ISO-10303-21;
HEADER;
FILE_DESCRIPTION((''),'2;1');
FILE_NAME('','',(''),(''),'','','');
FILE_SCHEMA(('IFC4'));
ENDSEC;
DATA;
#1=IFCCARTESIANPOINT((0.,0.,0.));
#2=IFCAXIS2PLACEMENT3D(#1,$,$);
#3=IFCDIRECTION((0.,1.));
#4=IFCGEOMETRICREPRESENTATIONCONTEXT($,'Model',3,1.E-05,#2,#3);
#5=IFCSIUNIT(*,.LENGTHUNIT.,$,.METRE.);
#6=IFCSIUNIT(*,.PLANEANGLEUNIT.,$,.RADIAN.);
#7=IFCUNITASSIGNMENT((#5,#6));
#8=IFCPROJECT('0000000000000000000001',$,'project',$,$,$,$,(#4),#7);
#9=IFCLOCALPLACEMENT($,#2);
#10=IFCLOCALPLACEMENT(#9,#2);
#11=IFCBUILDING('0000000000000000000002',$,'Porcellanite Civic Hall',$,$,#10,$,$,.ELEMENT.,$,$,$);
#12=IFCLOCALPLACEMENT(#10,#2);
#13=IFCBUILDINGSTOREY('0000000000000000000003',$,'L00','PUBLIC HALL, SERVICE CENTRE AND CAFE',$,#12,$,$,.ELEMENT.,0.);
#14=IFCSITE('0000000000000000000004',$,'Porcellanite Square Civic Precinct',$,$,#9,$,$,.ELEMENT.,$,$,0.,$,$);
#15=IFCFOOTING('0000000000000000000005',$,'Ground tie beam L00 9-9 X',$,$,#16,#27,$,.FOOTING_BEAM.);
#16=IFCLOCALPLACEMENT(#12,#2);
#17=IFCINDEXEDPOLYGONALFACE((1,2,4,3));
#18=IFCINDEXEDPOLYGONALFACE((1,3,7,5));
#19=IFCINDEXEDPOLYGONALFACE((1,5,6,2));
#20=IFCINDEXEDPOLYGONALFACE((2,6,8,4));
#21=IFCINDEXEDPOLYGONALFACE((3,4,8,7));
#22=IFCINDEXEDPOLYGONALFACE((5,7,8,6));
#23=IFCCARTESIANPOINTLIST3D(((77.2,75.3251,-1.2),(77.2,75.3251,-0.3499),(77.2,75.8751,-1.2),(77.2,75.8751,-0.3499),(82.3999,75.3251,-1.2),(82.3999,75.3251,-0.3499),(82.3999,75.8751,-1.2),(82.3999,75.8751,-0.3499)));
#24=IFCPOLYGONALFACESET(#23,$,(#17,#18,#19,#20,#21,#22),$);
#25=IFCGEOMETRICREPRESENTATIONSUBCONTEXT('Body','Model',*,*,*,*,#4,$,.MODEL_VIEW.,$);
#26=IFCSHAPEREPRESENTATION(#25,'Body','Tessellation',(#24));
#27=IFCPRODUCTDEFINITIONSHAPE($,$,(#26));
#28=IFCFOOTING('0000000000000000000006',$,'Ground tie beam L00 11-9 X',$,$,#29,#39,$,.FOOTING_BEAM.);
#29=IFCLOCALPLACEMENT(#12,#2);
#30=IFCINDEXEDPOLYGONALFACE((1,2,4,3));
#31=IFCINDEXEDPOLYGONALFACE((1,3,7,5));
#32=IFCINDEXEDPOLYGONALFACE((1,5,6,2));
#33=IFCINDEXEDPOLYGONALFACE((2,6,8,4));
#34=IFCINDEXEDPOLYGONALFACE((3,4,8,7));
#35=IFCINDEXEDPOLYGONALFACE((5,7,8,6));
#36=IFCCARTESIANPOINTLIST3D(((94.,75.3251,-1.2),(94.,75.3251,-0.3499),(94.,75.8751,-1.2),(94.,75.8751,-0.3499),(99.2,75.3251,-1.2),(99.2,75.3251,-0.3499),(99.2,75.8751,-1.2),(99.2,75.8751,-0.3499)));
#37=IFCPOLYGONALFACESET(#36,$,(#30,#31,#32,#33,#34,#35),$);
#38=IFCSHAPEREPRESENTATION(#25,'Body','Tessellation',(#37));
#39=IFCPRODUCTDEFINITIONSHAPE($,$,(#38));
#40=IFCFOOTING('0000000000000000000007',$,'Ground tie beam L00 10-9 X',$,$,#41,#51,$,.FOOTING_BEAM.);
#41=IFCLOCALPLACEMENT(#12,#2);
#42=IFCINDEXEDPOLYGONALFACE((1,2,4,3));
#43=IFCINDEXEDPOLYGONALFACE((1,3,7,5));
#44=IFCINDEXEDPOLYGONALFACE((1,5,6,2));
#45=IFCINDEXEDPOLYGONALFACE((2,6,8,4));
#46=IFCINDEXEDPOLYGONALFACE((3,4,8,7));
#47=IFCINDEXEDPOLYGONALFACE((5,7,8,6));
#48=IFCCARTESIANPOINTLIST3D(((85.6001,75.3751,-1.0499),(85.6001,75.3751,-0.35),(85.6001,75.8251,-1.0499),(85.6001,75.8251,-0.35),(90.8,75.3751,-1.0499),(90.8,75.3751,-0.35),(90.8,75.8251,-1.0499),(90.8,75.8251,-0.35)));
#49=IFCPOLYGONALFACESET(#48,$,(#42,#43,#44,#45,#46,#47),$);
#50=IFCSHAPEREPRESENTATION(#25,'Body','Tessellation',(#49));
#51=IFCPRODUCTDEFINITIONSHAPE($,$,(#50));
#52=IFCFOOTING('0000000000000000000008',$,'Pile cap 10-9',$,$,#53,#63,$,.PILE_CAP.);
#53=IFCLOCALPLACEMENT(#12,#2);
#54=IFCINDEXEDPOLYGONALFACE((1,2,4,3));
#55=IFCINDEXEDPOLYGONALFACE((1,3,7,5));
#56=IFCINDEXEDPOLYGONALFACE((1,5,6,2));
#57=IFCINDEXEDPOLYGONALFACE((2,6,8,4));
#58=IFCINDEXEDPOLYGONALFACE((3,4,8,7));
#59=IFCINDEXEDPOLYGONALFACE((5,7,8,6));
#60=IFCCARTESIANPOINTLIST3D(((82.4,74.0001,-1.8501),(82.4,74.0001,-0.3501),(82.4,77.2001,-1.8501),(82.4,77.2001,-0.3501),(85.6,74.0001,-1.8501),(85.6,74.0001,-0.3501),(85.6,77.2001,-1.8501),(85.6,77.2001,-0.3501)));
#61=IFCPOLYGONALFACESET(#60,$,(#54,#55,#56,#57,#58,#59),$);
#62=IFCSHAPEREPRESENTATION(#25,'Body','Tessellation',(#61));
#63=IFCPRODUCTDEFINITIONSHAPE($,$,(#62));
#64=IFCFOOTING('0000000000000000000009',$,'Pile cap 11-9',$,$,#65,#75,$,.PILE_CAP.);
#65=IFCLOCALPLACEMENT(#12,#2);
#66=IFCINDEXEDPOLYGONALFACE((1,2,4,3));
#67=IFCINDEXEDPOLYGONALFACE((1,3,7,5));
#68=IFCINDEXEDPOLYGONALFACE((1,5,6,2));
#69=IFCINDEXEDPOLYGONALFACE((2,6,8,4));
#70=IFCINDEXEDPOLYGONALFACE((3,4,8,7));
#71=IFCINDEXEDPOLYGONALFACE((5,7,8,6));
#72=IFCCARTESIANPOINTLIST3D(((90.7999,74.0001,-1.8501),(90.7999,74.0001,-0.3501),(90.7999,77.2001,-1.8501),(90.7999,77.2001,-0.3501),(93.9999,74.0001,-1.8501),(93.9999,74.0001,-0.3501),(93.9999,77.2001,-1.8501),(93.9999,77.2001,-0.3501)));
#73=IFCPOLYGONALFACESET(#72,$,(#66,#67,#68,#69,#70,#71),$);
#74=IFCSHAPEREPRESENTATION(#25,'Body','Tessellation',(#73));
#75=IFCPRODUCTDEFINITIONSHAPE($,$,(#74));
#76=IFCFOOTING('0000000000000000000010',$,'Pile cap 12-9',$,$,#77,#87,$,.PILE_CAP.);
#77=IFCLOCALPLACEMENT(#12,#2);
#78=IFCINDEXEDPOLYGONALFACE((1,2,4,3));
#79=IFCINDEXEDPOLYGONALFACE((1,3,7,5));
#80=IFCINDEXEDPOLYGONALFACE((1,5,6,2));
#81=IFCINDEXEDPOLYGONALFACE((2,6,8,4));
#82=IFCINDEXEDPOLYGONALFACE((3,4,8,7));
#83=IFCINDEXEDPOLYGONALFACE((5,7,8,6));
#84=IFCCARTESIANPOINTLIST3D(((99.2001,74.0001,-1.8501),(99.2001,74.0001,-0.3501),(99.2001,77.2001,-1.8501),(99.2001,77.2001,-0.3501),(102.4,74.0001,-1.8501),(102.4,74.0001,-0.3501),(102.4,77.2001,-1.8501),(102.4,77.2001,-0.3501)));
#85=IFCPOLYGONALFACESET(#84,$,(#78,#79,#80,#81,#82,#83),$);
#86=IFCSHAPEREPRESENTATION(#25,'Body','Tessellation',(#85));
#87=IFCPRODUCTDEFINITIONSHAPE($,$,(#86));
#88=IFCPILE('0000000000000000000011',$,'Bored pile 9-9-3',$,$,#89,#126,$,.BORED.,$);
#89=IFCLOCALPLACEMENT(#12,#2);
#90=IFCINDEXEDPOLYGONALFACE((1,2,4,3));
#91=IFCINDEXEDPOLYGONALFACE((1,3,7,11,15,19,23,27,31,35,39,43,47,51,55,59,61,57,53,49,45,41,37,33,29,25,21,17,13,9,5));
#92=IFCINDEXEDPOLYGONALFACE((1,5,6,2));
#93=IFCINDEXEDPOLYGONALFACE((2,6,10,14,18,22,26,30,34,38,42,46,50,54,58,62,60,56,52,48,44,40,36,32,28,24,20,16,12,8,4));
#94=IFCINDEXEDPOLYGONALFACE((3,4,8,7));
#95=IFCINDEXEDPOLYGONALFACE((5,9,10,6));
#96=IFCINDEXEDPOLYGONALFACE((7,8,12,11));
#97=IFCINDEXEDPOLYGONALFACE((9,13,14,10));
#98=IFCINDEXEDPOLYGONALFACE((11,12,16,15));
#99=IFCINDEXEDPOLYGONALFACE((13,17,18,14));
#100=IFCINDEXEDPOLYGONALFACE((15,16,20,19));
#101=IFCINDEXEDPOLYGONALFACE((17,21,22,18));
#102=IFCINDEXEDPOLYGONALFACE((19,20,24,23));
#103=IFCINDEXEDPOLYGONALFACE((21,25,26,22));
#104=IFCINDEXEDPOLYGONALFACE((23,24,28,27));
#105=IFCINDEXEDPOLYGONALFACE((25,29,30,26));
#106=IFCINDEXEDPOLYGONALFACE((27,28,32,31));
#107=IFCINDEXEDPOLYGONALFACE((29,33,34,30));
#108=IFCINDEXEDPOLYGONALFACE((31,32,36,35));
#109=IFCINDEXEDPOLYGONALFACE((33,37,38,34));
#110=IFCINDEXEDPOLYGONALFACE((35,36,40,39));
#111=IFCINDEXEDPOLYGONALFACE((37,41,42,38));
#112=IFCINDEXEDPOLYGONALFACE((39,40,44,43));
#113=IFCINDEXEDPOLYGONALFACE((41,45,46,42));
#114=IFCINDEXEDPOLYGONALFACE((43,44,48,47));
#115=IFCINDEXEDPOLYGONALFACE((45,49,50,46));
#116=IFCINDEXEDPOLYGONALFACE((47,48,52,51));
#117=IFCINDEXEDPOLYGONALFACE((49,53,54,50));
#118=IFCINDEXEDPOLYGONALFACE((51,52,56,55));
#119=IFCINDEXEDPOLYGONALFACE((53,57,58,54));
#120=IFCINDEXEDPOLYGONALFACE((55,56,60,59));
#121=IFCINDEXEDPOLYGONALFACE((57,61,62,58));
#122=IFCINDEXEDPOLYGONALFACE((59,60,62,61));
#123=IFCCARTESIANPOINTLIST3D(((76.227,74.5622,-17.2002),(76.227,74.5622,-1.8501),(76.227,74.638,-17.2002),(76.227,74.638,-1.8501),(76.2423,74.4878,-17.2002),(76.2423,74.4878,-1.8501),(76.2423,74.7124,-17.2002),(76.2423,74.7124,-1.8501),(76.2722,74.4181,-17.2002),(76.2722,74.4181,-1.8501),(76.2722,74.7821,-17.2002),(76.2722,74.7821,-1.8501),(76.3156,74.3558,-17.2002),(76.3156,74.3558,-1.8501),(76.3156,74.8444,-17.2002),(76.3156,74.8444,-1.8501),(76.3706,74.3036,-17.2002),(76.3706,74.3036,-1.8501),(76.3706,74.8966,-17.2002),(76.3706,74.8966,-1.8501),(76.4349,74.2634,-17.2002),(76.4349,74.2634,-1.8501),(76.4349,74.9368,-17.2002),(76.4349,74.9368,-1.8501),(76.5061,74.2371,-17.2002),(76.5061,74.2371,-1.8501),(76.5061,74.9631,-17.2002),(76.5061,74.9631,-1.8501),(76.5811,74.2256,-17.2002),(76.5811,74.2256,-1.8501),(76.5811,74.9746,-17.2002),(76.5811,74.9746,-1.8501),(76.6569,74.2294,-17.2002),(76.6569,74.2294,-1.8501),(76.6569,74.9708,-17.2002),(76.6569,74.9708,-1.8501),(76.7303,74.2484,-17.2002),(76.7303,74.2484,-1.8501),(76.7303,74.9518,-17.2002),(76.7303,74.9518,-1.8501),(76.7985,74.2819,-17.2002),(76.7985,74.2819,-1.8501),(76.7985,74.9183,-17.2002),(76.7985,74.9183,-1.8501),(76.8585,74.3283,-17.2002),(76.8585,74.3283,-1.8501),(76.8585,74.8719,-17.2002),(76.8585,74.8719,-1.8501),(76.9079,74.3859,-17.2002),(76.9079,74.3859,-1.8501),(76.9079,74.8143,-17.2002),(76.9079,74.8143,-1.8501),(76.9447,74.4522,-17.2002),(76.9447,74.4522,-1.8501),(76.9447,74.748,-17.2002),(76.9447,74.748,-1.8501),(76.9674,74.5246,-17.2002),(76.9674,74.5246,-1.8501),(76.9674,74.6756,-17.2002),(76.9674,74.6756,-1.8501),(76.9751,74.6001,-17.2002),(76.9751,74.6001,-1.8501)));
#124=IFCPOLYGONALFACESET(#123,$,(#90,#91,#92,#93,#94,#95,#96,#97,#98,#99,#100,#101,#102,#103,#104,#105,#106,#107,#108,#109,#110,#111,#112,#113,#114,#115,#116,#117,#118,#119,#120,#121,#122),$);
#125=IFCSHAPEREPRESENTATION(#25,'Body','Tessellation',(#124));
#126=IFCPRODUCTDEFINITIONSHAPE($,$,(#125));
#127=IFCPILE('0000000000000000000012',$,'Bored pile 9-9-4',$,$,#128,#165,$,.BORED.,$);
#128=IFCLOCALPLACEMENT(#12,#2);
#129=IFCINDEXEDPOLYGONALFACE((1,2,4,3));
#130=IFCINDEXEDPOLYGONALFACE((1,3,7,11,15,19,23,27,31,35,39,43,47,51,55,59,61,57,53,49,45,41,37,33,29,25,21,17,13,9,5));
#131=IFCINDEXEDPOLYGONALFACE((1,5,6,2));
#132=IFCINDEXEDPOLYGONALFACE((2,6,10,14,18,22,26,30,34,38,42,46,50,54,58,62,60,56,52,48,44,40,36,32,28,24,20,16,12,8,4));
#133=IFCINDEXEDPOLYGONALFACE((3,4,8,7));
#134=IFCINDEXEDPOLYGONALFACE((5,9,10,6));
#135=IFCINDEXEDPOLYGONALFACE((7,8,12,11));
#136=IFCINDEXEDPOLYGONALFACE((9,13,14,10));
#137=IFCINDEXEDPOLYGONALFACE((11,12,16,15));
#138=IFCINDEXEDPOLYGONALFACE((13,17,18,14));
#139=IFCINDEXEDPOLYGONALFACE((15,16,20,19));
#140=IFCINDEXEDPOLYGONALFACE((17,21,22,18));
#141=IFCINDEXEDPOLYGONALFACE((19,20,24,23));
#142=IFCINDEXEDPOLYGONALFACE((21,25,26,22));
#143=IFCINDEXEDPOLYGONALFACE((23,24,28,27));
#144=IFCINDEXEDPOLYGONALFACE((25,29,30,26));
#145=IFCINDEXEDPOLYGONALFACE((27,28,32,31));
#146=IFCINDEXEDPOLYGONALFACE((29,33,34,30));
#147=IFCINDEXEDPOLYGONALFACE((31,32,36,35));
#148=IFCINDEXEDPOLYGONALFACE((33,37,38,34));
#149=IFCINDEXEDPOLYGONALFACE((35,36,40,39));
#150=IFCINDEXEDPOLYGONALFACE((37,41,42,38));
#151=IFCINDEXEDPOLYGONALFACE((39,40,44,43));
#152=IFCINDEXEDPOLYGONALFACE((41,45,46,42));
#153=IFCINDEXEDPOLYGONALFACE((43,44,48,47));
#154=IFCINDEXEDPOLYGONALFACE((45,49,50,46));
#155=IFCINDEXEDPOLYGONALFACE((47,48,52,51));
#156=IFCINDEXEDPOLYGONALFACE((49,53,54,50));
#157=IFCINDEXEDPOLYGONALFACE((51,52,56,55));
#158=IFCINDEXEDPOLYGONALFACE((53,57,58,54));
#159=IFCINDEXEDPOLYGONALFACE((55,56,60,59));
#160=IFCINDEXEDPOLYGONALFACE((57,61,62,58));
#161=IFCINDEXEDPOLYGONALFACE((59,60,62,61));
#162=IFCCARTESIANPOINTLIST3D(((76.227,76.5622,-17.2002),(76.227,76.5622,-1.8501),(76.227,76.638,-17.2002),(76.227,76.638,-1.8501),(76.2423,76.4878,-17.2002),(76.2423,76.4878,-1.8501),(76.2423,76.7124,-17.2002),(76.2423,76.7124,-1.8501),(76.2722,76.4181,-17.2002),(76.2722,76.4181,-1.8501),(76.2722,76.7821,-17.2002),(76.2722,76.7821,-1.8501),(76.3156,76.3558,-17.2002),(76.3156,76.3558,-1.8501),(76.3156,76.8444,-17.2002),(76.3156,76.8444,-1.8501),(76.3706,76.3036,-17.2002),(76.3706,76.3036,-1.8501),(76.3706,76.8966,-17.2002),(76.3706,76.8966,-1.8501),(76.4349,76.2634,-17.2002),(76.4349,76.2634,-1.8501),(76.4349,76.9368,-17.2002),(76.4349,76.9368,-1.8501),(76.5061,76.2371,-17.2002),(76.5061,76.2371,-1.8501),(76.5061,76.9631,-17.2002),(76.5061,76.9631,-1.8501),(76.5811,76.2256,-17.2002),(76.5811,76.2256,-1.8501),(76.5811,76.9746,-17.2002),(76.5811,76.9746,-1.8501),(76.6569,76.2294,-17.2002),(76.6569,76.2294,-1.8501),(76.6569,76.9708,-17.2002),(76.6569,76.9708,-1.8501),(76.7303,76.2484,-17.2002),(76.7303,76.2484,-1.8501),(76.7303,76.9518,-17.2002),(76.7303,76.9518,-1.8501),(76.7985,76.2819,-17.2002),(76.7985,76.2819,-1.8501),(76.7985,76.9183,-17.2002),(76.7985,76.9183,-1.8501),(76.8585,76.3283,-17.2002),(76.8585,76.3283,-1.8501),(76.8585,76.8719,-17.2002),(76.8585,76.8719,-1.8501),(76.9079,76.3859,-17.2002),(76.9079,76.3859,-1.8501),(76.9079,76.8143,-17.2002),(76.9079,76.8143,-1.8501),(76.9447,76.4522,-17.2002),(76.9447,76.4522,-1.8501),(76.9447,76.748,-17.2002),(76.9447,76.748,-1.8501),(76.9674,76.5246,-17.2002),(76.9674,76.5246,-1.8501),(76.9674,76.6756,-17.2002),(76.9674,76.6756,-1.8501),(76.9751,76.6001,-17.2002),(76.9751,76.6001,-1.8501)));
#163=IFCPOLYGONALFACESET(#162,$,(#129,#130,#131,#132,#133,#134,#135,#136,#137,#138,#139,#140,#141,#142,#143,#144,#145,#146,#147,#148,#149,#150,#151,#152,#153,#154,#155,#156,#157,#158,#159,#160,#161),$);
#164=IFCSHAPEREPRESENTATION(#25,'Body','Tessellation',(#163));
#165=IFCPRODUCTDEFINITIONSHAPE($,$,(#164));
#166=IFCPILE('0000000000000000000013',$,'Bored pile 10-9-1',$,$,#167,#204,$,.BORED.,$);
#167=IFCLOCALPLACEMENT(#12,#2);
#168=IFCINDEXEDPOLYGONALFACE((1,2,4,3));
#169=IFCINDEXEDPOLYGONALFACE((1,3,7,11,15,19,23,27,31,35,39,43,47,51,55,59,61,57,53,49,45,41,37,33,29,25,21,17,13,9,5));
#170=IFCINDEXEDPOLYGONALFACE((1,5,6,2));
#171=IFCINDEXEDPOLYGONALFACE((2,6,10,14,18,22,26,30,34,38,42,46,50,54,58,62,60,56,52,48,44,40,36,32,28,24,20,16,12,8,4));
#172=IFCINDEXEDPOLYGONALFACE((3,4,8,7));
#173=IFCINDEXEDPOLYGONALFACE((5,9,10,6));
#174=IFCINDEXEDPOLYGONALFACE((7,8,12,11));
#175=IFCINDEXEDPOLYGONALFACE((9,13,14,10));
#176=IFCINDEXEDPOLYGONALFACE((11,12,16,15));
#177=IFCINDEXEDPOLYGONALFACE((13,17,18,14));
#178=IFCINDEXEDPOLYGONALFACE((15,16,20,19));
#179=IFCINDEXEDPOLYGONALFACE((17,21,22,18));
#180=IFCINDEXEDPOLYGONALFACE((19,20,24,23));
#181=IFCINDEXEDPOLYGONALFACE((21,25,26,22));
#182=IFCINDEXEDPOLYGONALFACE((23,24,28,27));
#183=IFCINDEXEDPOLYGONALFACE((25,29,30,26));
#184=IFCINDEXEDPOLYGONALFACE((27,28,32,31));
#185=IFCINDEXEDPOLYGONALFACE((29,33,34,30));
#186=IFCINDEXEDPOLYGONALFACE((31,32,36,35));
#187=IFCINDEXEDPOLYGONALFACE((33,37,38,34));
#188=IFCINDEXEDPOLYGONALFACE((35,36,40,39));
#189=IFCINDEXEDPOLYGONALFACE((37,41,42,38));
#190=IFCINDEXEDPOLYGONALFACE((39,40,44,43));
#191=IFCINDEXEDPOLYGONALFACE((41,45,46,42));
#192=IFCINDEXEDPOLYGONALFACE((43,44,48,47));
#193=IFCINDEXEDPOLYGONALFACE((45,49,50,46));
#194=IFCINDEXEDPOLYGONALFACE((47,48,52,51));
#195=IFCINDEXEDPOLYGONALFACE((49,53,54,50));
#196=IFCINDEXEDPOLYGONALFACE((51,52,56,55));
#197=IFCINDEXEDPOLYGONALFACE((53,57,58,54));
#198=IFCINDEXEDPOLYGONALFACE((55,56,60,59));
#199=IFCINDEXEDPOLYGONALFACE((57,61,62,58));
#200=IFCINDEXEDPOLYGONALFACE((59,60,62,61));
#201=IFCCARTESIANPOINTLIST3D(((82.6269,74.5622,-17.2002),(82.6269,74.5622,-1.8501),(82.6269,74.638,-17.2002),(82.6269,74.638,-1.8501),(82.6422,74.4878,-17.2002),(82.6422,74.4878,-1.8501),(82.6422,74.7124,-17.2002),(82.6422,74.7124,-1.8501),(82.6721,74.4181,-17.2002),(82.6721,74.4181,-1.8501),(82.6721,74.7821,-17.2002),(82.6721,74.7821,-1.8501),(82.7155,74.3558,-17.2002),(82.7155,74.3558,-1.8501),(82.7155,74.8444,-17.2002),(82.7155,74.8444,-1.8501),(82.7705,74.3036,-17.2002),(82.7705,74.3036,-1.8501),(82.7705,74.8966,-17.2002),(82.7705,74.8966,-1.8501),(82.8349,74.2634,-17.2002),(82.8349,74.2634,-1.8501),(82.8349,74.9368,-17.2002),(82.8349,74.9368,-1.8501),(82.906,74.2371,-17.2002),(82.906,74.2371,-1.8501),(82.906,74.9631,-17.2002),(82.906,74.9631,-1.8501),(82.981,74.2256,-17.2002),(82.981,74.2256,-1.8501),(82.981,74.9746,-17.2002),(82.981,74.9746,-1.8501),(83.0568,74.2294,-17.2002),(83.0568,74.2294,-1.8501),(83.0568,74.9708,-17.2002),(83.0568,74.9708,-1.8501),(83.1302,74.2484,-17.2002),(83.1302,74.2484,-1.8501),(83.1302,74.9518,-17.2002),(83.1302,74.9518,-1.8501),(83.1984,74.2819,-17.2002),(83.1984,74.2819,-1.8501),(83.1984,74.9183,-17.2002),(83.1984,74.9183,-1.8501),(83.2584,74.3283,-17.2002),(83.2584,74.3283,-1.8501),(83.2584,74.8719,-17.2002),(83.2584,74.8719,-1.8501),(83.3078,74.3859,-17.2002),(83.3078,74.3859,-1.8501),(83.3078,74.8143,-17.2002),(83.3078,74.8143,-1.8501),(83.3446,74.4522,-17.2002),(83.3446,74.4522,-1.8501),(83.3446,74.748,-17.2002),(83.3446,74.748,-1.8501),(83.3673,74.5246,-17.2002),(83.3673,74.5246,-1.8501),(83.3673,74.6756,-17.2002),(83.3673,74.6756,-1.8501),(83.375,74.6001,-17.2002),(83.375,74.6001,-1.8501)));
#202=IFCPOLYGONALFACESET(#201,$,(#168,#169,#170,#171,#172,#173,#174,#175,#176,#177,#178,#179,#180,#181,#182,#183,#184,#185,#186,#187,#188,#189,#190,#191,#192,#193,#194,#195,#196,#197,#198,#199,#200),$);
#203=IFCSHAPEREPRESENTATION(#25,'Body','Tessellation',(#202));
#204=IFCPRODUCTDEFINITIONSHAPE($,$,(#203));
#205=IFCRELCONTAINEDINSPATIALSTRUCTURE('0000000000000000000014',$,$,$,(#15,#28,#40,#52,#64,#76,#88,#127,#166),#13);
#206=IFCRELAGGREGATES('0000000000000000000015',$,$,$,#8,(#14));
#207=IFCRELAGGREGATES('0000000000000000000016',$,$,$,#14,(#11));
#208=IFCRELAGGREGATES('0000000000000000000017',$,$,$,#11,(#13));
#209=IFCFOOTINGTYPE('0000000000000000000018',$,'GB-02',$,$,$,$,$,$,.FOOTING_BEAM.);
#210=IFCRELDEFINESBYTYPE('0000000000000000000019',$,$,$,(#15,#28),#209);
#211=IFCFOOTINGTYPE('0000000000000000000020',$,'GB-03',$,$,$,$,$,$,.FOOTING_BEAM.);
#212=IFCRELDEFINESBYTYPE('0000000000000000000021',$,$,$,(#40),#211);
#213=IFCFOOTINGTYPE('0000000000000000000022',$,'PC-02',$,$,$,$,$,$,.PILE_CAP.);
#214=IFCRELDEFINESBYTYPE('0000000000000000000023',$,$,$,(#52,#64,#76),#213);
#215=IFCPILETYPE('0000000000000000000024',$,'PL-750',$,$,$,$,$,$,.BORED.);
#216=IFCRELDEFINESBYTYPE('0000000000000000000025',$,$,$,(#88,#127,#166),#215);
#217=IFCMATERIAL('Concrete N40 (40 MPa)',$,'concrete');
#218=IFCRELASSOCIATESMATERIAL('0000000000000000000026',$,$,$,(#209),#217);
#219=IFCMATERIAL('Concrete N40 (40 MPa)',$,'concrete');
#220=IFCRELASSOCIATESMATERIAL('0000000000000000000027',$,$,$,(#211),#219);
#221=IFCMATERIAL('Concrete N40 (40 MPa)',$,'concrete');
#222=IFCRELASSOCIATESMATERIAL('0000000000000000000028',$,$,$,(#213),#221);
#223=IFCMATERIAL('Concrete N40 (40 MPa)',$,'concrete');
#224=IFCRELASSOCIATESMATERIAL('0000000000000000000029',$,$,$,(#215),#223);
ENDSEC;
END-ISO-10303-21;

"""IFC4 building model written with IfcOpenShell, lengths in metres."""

from ifc_helpers import new_model, si_unit, direction, frame, origin, origin_2d, place, context, subcontext, project, spatial, rectangle, circle, extrude, material, material_profile, profile_set, type_object, element, save


model = new_model("IFC4")

# Units and contexts
model_context = context("Model", 3, precision=1e-05, world=origin(), true_north=direction((0.0, 1.0)))
body_context = subcontext(model_context, "Body", "Model", "MODEL_VIEW")
ifc_project = project(units=[si_unit("LENGTHUNIT", "METRE"), si_unit("PLANEANGLEUNIT", "RADIAN")], contexts=[model_context])

# Site, building, storey
site_placement = place(None, origin())
site = spatial("IfcSite", under=ifc_project, at=site_placement, Name="Porcellanite Square Civic Precinct", CompositionType="ELEMENT", RefElevation=0.0)
building_placement = place(site_placement, origin())
building = spatial("IfcBuilding", under=site, at=building_placement, Name="Porcellanite Civic Hall", CompositionType="ELEMENT")
storey_placement = place(building_placement, origin())
storey = spatial("IfcBuildingStorey", under=building, at=storey_placement, Name="L00", Description="PUBLIC HALL, SERVICE CENTRE AND CAFE", CompositionType="ELEMENT", Elevation=0.0)

# Footings
ifc_material_1 = material(Name="Concrete N40 (40 MPa)", Category="concrete")
ifc_material_profile_1 = material_profile(ifc_material_1, rectangle(XDim=0.55, YDim=0.8501, at=origin_2d()), Name="RC-550x850")
ifc_profile_set_1 = profile_set([ifc_material_profile_1], Name="Concrete N40 (40 MPa)")
footing_type_1 = type_object("IfcFootingType", Name="GB-02", PredefinedType="FOOTING_BEAM", material=ifc_profile_set_1)
for number, where, z_axis, x_axis, name in (
    (1, (77.2, 75.6001, -0.7749), (1.0, 0.0, 0.0), (0.0, 1.0, 0.0), "Ground tie beam L00 9-9 X"),
    (2, (94.0, 75.6001, -0.7749), (1.0, 0.0, 0.0), (0.0, 1.0, 0.0), "Ground tie beam L00 11-9 X"),
):
    element("IfcFooting", number, at=place(storey_placement, frame(where, z_axis=z_axis, x_axis=x_axis)), inside=storey, type_object=footing_type_1, Name=name, PredefinedType="FOOTING_BEAM", context=body_context, shape_type="SweptSolid", body=[
        extrude(rectangle(XDim=0.55, YDim=0.8501, at=origin_2d()), origin(), (0.0, 0.0, 1.0), 5.2),
    ])
ifc_material_2 = material(Name="Concrete N40 (40 MPa)", Category="concrete")
ifc_material_profile_2 = material_profile(ifc_material_2, rectangle(XDim=0.45, YDim=0.7, at=origin_2d()), Name="RC-450x700")
ifc_profile_set_2 = profile_set([ifc_material_profile_2], Name="Concrete N40 (40 MPa)")
footing_type_2 = type_object("IfcFootingType", Name="GB-03", PredefinedType="FOOTING_BEAM", material=ifc_profile_set_2)
footing_placement = place(storey_placement, frame((85.6001, 75.6001, -0.7), z_axis=(1.0, 0.0, 0.0), x_axis=(0.0, 1.0, 0.0)))
element("IfcFooting", 3, at=footing_placement, inside=storey, type_object=footing_type_2, Name="Ground tie beam L00 10-9 X", PredefinedType="FOOTING_BEAM", context=body_context, shape_type="SweptSolid", body=[
    extrude(rectangle(XDim=0.45, YDim=0.7, at=origin_2d()), origin(), (0.0, 0.0, 1.0), 5.2),
])
ifc_material_3 = material(Name="Concrete N40 (40 MPa)", Category="concrete")
footing_type_3 = type_object("IfcFootingType", Name="PC-02", PredefinedType="PILE_CAP", material=ifc_material_3)
for number, where, z_axis, x_axis, name in (
    (4, (84.0, 75.6001, -1.8501), (0.0, 0.0, 1.0), (1.0, 0.0, 0.0), "Pile cap 10-9"),
    (5, (92.3999, 75.6001, -1.8501), (0.0, 0.0, 1.0), (1.0, 0.0, 0.0), "Pile cap 11-9"),
    (6, (100.8, 75.6001, -1.8501), (0.0, 0.0, 1.0), (1.0, 0.0, 0.0), "Pile cap 12-9"),
):
    element("IfcFooting", number, at=place(storey_placement, frame(where, z_axis=z_axis, x_axis=x_axis)), inside=storey, type_object=footing_type_3, Name=name, PredefinedType="PILE_CAP", context=body_context, shape_type="SweptSolid", body=[
        extrude(rectangle(XDim=3.2, YDim=3.2, at=origin_2d()), origin(), (0.0, 0.0, 1.0), 1.5),
    ])

# Piles
ifc_material_4 = material(Name="Concrete N40 (40 MPa)", Category="concrete")
ifc_material_profile_3 = material_profile(ifc_material_4, circle(Radius=0.375, at=origin_2d()), Name="PILE-D750")
ifc_profile_set_3 = profile_set([ifc_material_profile_3], Name="Concrete N40 (40 MPa)")
pile_type = type_object("IfcPileType", Name="PL-750", PredefinedType="BORED", material=ifc_profile_set_3)
for number, where, z_axis, x_axis, name in (
    (7, (76.6001, 74.6001, -1.8501), (0.0, 0.0, -1.0), (1.0, 0.0, 0.0), "Bored pile 9-9-3"),
    (8, (76.6001, 76.6001, -1.8501), (0.0, 0.0, -1.0), (1.0, 0.0, 0.0), "Bored pile 9-9-4"),
    (9, (83.0, 74.6001, -1.8501), (0.0, 0.0, -1.0), (1.0, 0.0, 0.0), "Bored pile 10-9-1"),
):
    element("IfcPile", number, at=place(storey_placement, frame(where, z_axis=z_axis, x_axis=x_axis)), inside=storey, type_object=pile_type, Name=name, PredefinedType="BORED", context=body_context, shape_type="SweptSolid", body=[
        extrude(circle(Radius=0.375, at=origin_2d()), origin(), (0.0, 0.0, 1.0), 15.3501),
    ])

save(model, "model.ifc")
